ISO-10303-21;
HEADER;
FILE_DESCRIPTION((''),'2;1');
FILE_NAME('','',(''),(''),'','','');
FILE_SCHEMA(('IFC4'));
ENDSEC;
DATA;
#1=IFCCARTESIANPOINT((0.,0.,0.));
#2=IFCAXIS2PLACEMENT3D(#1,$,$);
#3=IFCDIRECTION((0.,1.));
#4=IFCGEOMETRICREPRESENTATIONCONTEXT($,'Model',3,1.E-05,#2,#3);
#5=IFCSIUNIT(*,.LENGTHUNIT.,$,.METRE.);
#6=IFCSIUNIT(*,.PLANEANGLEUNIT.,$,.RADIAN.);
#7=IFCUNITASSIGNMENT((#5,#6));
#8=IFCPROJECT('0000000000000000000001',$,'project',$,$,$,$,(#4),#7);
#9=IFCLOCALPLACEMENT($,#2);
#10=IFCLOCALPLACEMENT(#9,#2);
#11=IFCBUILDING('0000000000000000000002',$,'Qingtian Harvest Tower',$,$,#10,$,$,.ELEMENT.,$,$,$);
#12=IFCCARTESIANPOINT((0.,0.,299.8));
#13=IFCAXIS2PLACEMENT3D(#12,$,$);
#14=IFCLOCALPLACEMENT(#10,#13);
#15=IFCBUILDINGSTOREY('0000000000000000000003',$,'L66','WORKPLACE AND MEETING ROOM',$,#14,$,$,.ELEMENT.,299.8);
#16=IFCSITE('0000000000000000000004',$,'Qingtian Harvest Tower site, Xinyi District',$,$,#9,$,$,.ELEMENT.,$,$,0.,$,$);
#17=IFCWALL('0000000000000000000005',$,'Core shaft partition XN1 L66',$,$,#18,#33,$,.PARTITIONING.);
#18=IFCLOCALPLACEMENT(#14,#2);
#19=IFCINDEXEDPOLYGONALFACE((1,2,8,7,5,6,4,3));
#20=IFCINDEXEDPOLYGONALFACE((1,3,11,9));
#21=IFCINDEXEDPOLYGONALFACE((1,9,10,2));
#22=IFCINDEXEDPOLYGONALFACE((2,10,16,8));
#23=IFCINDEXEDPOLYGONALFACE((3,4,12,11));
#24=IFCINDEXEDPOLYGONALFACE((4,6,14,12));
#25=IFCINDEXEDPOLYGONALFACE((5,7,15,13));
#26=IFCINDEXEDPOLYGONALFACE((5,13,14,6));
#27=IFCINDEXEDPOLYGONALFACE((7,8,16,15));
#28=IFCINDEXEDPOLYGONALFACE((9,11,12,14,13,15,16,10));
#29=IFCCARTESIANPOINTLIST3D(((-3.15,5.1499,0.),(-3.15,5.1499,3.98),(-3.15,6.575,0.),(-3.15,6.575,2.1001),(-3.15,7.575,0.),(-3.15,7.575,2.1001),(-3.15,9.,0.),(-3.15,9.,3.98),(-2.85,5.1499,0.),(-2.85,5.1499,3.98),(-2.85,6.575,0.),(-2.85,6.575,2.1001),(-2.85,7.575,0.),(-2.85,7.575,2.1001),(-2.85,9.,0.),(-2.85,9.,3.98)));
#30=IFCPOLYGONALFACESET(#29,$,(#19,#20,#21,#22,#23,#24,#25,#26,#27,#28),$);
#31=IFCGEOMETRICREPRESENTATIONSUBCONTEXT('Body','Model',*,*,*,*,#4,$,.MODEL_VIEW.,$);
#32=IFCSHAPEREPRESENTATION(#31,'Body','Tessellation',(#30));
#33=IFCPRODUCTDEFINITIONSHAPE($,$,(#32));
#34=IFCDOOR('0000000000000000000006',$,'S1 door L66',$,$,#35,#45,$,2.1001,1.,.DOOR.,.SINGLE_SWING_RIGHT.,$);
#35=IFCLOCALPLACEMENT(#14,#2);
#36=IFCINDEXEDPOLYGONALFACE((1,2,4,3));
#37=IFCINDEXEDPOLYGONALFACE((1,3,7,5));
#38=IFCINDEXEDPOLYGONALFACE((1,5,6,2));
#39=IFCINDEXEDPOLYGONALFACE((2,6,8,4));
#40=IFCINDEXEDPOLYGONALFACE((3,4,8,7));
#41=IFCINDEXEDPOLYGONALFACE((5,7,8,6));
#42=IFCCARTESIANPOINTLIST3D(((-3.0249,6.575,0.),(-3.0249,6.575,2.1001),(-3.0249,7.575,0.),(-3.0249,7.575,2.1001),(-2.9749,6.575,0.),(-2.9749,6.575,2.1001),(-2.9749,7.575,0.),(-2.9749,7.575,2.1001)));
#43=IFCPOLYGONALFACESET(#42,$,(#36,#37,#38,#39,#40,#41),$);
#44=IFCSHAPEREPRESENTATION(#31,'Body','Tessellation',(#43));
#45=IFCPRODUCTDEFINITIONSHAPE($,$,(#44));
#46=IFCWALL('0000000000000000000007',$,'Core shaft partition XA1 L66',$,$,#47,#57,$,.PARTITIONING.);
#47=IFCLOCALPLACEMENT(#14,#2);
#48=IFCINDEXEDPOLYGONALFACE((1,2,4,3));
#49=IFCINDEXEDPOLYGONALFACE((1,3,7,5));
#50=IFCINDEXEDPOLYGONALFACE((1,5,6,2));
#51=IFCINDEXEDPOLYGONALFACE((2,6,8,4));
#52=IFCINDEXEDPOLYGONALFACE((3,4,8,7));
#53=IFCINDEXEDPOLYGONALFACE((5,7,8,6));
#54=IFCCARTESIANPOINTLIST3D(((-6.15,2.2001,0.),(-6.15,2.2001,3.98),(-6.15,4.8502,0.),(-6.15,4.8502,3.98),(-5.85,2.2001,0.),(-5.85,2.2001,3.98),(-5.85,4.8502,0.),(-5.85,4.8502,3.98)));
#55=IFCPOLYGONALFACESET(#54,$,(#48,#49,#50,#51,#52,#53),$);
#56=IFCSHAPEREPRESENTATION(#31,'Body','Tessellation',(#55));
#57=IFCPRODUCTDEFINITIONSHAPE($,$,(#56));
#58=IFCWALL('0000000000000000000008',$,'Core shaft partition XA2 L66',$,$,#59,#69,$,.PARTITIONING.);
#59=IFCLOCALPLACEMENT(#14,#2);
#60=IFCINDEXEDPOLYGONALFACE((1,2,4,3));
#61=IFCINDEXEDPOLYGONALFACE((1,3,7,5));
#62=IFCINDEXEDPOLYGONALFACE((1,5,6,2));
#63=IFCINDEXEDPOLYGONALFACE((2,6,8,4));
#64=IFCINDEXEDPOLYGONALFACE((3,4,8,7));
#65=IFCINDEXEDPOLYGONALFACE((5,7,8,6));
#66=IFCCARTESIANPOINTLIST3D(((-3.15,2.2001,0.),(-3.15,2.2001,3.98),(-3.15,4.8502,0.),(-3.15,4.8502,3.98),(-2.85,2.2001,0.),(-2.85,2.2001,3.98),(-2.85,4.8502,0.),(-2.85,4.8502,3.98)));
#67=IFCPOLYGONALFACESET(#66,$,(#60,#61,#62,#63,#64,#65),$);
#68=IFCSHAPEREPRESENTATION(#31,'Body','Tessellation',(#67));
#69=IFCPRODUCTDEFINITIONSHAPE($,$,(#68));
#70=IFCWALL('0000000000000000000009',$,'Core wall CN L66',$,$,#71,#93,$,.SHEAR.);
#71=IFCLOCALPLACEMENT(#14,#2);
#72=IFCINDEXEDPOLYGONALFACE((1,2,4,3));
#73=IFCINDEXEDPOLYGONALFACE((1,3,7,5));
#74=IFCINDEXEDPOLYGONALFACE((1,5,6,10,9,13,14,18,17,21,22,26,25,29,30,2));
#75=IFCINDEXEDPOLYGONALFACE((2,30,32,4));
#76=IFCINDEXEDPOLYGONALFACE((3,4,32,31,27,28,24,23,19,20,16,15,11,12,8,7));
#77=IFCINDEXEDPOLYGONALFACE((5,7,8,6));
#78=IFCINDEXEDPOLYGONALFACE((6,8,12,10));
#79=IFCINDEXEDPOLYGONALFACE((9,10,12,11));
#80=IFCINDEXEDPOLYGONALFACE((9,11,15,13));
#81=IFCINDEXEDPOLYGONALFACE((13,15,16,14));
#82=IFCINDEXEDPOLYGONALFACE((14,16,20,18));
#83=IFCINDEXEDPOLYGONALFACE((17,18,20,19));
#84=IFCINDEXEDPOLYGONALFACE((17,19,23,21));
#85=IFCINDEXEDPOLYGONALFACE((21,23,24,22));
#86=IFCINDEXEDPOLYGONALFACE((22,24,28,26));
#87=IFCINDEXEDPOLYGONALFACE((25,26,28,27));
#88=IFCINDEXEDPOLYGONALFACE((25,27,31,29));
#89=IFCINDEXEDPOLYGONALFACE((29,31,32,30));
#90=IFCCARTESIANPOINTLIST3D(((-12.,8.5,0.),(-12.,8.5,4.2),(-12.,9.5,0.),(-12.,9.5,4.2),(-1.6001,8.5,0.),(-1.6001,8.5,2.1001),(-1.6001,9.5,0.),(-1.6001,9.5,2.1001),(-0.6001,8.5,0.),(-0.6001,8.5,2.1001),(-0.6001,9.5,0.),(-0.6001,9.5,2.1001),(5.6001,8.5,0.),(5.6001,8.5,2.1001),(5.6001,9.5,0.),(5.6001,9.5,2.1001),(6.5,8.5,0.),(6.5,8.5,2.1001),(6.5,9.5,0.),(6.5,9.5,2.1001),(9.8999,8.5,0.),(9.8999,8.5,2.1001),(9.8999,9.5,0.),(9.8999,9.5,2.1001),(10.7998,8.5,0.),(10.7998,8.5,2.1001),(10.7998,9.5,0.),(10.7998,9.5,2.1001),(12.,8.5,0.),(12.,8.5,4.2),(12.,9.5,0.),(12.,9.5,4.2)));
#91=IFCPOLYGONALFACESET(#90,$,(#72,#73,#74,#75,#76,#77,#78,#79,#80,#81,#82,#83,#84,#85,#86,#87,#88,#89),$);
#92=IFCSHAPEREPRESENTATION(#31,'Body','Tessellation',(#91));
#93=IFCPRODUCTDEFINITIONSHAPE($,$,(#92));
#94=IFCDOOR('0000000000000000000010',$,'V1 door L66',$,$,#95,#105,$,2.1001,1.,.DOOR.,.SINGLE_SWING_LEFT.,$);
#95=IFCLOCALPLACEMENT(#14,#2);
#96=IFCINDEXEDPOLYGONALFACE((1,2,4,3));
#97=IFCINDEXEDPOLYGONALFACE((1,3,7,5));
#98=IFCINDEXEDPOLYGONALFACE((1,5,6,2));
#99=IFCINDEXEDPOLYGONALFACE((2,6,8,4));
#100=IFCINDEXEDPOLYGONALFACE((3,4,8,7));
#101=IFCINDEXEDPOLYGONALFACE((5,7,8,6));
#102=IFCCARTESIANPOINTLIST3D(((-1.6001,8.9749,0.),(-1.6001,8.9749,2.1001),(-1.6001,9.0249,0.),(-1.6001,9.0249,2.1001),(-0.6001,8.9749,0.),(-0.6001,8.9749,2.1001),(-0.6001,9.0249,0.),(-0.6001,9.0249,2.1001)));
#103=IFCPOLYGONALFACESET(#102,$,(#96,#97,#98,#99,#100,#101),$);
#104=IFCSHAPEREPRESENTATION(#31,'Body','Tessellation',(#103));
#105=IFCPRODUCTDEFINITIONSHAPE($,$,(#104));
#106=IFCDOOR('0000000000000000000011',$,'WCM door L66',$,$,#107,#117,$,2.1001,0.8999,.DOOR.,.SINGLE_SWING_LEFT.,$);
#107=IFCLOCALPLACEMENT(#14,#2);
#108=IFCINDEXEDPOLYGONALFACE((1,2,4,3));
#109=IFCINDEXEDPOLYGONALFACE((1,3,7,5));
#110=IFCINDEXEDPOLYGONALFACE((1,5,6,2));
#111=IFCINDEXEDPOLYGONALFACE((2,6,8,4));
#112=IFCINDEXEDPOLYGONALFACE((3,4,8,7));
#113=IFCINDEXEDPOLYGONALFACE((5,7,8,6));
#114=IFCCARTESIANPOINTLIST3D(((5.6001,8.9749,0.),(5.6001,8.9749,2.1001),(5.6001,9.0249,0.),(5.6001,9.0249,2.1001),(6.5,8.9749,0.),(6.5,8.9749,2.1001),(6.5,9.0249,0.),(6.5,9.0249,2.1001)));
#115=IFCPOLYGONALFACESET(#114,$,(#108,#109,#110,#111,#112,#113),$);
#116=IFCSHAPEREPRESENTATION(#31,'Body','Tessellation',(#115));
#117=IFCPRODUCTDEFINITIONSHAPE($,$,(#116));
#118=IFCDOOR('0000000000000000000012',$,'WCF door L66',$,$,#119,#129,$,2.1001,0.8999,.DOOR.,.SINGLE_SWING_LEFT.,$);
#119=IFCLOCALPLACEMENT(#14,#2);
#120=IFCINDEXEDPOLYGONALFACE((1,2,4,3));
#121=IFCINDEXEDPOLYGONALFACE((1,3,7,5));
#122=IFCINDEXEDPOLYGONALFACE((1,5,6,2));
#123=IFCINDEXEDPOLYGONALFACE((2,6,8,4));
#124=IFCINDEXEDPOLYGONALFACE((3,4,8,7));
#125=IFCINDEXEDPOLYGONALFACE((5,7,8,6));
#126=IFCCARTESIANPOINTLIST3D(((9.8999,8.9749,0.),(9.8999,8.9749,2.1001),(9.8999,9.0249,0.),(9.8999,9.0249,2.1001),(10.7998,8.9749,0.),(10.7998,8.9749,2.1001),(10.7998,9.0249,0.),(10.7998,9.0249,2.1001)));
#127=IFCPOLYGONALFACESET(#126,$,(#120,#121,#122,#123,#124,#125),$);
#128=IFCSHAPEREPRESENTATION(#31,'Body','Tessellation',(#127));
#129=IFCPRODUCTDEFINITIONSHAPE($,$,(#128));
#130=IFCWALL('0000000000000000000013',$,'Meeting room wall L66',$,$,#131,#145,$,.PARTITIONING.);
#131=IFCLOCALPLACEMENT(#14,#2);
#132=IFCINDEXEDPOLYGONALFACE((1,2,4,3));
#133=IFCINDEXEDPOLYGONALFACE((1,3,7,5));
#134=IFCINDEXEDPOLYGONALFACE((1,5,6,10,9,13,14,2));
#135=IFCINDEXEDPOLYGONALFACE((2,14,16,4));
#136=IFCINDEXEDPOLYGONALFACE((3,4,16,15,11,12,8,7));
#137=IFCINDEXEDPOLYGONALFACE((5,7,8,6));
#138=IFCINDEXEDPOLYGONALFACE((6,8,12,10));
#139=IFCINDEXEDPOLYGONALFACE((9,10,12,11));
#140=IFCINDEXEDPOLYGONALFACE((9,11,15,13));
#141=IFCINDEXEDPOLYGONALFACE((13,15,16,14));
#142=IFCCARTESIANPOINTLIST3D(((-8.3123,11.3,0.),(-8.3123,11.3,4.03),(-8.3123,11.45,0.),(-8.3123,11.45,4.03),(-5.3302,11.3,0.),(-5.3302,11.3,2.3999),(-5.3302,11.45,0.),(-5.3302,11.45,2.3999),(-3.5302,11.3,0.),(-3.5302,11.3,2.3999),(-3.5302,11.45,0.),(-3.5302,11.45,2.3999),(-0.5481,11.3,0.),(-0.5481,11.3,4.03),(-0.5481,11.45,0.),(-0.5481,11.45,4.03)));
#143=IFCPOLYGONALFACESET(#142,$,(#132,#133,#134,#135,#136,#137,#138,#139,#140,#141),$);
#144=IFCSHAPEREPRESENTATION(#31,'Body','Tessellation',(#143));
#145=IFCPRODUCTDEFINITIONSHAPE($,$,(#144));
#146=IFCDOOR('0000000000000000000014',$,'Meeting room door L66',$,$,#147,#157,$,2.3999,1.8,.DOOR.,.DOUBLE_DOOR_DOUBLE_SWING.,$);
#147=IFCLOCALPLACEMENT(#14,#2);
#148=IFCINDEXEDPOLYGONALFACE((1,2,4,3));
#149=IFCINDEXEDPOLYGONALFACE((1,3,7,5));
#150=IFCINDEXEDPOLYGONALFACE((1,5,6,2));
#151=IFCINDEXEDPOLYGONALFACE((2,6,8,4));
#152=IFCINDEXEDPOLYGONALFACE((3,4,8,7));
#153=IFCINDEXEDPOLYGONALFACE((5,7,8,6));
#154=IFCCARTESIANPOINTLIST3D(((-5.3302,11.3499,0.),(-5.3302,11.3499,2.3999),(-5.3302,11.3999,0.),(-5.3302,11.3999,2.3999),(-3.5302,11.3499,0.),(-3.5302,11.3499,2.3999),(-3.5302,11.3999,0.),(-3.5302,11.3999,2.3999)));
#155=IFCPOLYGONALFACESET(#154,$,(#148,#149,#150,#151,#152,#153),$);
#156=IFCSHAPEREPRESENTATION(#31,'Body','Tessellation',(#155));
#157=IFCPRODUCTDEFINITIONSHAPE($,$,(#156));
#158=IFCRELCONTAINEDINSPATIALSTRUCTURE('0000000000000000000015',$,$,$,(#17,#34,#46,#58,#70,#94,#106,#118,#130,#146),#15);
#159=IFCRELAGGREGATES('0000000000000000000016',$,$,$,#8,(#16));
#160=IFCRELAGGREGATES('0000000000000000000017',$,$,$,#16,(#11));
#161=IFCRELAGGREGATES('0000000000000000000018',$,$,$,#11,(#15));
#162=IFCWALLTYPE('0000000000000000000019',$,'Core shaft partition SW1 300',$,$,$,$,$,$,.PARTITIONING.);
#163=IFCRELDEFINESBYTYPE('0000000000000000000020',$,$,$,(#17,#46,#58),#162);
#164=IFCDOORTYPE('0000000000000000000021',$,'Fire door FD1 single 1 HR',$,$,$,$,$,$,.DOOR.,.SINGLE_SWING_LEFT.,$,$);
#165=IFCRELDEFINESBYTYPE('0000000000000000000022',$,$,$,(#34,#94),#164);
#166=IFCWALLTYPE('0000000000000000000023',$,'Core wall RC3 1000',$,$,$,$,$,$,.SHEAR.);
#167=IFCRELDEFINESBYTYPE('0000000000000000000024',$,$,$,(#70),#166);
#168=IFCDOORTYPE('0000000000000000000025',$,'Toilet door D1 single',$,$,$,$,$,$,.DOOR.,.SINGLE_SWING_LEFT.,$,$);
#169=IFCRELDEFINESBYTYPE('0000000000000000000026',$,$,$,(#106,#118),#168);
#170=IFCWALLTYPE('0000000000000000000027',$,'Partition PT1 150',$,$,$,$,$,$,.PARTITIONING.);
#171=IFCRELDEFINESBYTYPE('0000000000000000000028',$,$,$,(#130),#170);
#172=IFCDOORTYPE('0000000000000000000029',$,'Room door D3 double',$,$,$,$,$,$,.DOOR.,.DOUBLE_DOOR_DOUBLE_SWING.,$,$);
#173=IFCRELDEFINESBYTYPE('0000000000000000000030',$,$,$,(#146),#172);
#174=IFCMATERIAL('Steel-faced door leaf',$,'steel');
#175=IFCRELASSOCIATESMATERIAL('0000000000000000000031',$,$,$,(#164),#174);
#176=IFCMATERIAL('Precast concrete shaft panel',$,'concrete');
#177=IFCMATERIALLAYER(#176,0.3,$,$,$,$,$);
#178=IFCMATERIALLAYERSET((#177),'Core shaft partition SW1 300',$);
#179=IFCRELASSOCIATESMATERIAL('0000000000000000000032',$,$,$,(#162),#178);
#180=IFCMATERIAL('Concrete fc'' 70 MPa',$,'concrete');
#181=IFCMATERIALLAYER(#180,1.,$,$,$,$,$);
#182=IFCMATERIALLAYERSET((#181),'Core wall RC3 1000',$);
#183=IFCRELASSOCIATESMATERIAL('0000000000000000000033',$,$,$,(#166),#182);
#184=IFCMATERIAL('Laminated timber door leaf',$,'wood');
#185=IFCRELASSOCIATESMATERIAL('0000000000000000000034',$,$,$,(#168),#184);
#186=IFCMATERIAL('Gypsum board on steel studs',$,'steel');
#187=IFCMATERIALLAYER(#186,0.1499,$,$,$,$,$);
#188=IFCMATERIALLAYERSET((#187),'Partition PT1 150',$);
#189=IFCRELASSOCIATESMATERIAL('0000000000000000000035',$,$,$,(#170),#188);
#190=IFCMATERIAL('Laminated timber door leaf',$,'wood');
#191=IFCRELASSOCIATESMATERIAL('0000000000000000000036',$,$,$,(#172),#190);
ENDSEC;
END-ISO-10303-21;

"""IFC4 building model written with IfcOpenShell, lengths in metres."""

from ifc_helpers import new_model, si_unit, direction, frame, frame_2d, origin, place, context, subcontext, project, spatial, rectangle, extrude, material, layer, layer_set, type_object, element, fill, save


model = new_model("IFC4")

# Units and contexts
model_context = context("Model", 3, precision=1e-05, world=origin(), true_north=direction((0.0, 1.0)))
body_context = subcontext(model_context, "Body", "Model", "MODEL_VIEW")
ifc_project = project(units=[si_unit("LENGTHUNIT", "METRE"), si_unit("PLANEANGLEUNIT", "RADIAN")], contexts=[model_context])

# Site, building, storey
site_placement = place(None, origin())
site = spatial("IfcSite", under=ifc_project, at=site_placement, Name="Qingtian Harvest Tower site, Xinyi District", CompositionType="ELEMENT", RefElevation=0.0)
building_placement = place(site_placement, origin())
building = spatial("IfcBuilding", under=site, at=building_placement, Name="Qingtian Harvest Tower", CompositionType="ELEMENT")
storey_placement = place(building_placement, frame((0.0, 0.0, 299.8)))
storey = spatial("IfcBuildingStorey", under=building, at=storey_placement, Name="L66", Description="WORKPLACE AND MEETING ROOM", CompositionType="ELEMENT", Elevation=299.8)

# Shared definitions
ifc_material_1 = material(Name="Steel-faced door leaf", Category="steel")
door_type_1 = type_object("IfcDoorType", Name="Fire door FD1 single 1 HR", OperationType="SINGLE_SWING_LEFT", PredefinedType="DOOR", material=ifc_material_1)

# Wall, opening, door
ifc_material_2 = material(Name="Precast concrete shaft panel", Category="concrete")
ifc_layer_1 = layer(ifc_material_2, 0.3)
ifc_layer_set_1 = layer_set([ifc_layer_1], Name="Core shaft partition SW1 300")
wall_type_1 = type_object("IfcWallType", Name="Core shaft partition SW1 300", PredefinedType="PARTITIONING", material=ifc_layer_set_1)
wall_1_placement = place(storey_placement, frame((-3.0, 5.1499, 0.0), z_axis=(0.0, 0.0, 1.0), x_axis=(0.0, 1.0, 0.0)))
wall_1 = element("IfcWall", 1, at=wall_1_placement, inside=storey, type_object=wall_type_1, Name="Core shaft partition XN1 L66", PredefinedType="PARTITIONING", context=body_context, shape_type="SweptSolid", body=[
    extrude(rectangle(XDim=3.8501, YDim=0.3, at=frame_2d((1.925, 0.0))), origin(), (0.0, 0.0, 1.0), 3.98),
])
opening_1_placement = place(wall_1_placement, frame((1.425, 0.0, 0.0)))
opening_1 = element("IfcOpeningElement", 2, at=opening_1_placement, cuts=wall_1, PredefinedType="OPENING", context=body_context, shape_type="SweptSolid", body=[
    extrude(rectangle(XDim=1.0, YDim=2.1001, at=frame_2d((0.5, 1.05))), frame((0.0, 0.1599, 0.0), z_axis=(0.0, -1.0, 0.0), x_axis=(1.0, 0.0, 0.0)), (0.0, 0.0, 1.0), 0.3201),
])
door_1_placement = place(opening_1_placement, origin())
door_1 = element("IfcDoor", 3, at=door_1_placement, inside=storey, type_object=door_type_1, Name="S1 door L66", OperationType="SINGLE_SWING_RIGHT", OverallHeight=2.1001, OverallWidth=1.0, PredefinedType="DOOR", context=body_context, shape_type="SweptSolid", body=[
    extrude(rectangle(XDim=1.0, YDim=2.1001, at=frame_2d((0.5, 1.05))), frame((0.0, 0.0249, 0.0), z_axis=(0.0, -1.0, 0.0), x_axis=(1.0, 0.0, 0.0)), (0.0, 0.0, 1.0), 0.05),
])
fill(opening_1, door_1)

# Walls
for number, where, z_axis, x_axis, name in (
    (4, (-6.0, 2.2, 0.0), (0.0, 0.0, 1.0), (0.0, 1.0, 0.0), "Core shaft partition XA1 L66"),
    (5, (-3.0, 2.2, 0.0), (0.0, 0.0, 1.0), (0.0, 1.0, 0.0), "Core shaft partition XA2 L66"),
):
    element("IfcWall", number, at=place(storey_placement, frame(where, z_axis=z_axis, x_axis=x_axis)), inside=storey, type_object=wall_type_1, Name=name, PredefinedType="PARTITIONING", context=body_context, shape_type="SweptSolid", body=[
        extrude(rectangle(XDim=2.6501, YDim=0.3, at=frame_2d((1.3252, 0.0))), origin(), (0.0, 0.0, 1.0), 3.98),
    ])

# Wall, openings, doors
ifc_material_3 = material(Name="Concrete fc' 70 MPa", Category="concrete")
ifc_layer_2 = layer(ifc_material_3, 1.0)
ifc_layer_set_2 = layer_set([ifc_layer_2], Name="Core wall RC3 1000")
wall_type_2 = type_object("IfcWallType", Name="Core wall RC3 1000", PredefinedType="SHEAR", material=ifc_layer_set_2)
wall_2_placement = place(storey_placement, frame((-12.0, 9.0, 0.0), z_axis=(0.0, 0.0, 1.0), x_axis=(1.0, 0.0, 0.0)))
wall_2 = element("IfcWall", 6, at=wall_2_placement, inside=storey, type_object=wall_type_2, Name="Core wall CN L66", PredefinedType="SHEAR", context=body_context, shape_type="SweptSolid", body=[
    extrude(rectangle(XDim=24.0, YDim=1.0, at=frame_2d((12.0, 0.0))), origin(), (0.0, 0.0, 1.0), 4.2),
])
opening_2_placement = place(wall_2_placement, frame((10.3999, 0.0, 0.0)))
opening_2 = element("IfcOpeningElement", 7, at=opening_2_placement, cuts=wall_2, PredefinedType="OPENING", context=body_context, shape_type="SweptSolid", body=[
    extrude(rectangle(XDim=1.0, YDim=2.1001, at=frame_2d((0.5, 1.05))), frame((0.0, 0.51, 0.0), z_axis=(0.0, -1.0, 0.0), x_axis=(1.0, 0.0, 0.0)), (0.0, 0.0, 1.0), 1.02),
])
opening_3_placement = place(wall_2_placement, frame((17.6001, 0.0, 0.0)))
opening_3 = element("IfcOpeningElement", 8, at=opening_3_placement, cuts=wall_2, PredefinedType="OPENING", context=body_context, shape_type="SweptSolid", body=[
    extrude(rectangle(XDim=0.8999, YDim=2.1001, at=frame_2d((0.45, 1.05))), frame((0.0, 0.51, 0.0), z_axis=(0.0, -1.0, 0.0), x_axis=(1.0, 0.0, 0.0)), (0.0, 0.0, 1.0), 1.02),
])
opening_4_placement = place(wall_2_placement, frame((21.8999, 0.0, 0.0)))
opening_4 = element("IfcOpeningElement", 9, at=opening_4_placement, cuts=wall_2, PredefinedType="OPENING", context=body_context, shape_type="SweptSolid", body=[
    extrude(rectangle(XDim=0.8999, YDim=2.1001, at=frame_2d((0.45, 1.05))), frame((0.0, 0.51, 0.0), z_axis=(0.0, -1.0, 0.0), x_axis=(1.0, 0.0, 0.0)), (0.0, 0.0, 1.0), 1.02),
])
door_2_placement = place(opening_2_placement, origin())
door_2 = element("IfcDoor", 10, at=door_2_placement, inside=storey, type_object=door_type_1, Name="V1 door L66", OperationType="SINGLE_SWING_LEFT", OverallHeight=2.1001, OverallWidth=1.0, PredefinedType="DOOR", context=body_context, shape_type="SweptSolid", body=[
    extrude(rectangle(XDim=1.0, YDim=2.1001, at=frame_2d((0.5, 1.05))), frame((0.0, 0.0249, 0.0), z_axis=(0.0, -1.0, 0.0), x_axis=(1.0, 0.0, 0.0)), (0.0, 0.0, 1.0), 0.05),
])
fill(opening_2, door_2)
ifc_material_4 = material(Name="Laminated timber door leaf", Category="wood")
door_type_2 = type_object("IfcDoorType", Name="Toilet door D1 single", OperationType="SINGLE_SWING_LEFT", PredefinedType="DOOR", material=ifc_material_4)
door_3_placement = place(opening_3_placement, origin())
door_3 = element("IfcDoor", 11, at=door_3_placement, inside=storey, type_object=door_type_2, Name="WCM door L66", OperationType="SINGLE_SWING_LEFT", OverallHeight=2.1001, OverallWidth=0.8999, PredefinedType="DOOR", context=body_context, shape_type="SweptSolid", body=[
    extrude(rectangle(XDim=0.8999, YDim=2.1001, at=frame_2d((0.45, 1.05))), frame((0.0, 0.0249, 0.0), z_axis=(0.0, -1.0, 0.0), x_axis=(1.0, 0.0, 0.0)), (0.0, 0.0, 1.0), 0.05),
])
fill(opening_3, door_3)
door_4_placement = place(opening_4_placement, origin())
door_4 = element("IfcDoor", 12, at=door_4_placement, inside=storey, type_object=door_type_2, Name="WCF door L66", OperationType="SINGLE_SWING_LEFT", OverallHeight=2.1001, OverallWidth=0.8999, PredefinedType="DOOR", context=body_context, shape_type="SweptSolid", body=[
    extrude(rectangle(XDim=0.8999, YDim=2.1001, at=frame_2d((0.45, 1.05))), frame((0.0, 0.0249, 0.0), z_axis=(0.0, -1.0, 0.0), x_axis=(1.0, 0.0, 0.0)), (0.0, 0.0, 1.0), 0.05),
])
fill(opening_4, door_4)

# Wall, opening, door
ifc_material_5 = material(Name="Gypsum board on steel studs", Category="steel")
ifc_layer_3 = layer(ifc_material_5, 0.1499)
ifc_layer_set_3 = layer_set([ifc_layer_3], Name="Partition PT1 150")
wall_type_3 = type_object("IfcWallType", Name="Partition PT1 150", PredefinedType="PARTITIONING", material=ifc_layer_set_3)
wall_3_placement = place(storey_placement, frame((-8.3123, 11.375, 0.0), z_axis=(0.0, 0.0, 1.0), x_axis=(1.0, 0.0, 0.0)))
wall_3 = element("IfcWall", 13, at=wall_3_placement, inside=storey, type_object=wall_type_3, Name="Meeting room wall L66", PredefinedType="PARTITIONING", context=body_context, shape_type="SweptSolid", body=[
    extrude(rectangle(XDim=7.7642, YDim=0.1499, at=frame_2d((3.8821, 0.0))), origin(), (0.0, 0.0, 1.0), 4.03),
])
opening_5_placement = place(wall_3_placement, frame((2.9822, 0.0, 0.0)))
opening_5 = element("IfcOpeningElement", 14, at=opening_5_placement, cuts=wall_3, PredefinedType="OPENING", context=body_context, shape_type="SweptSolid", body=[
    extrude(rectangle(XDim=1.8, YDim=2.3999, at=frame_2d((0.8999, 1.2))), frame((0.0, 0.085, 0.0), z_axis=(0.0, -1.0, 0.0), x_axis=(1.0, 0.0, 0.0)), (0.0, 0.0, 1.0), 0.1699),
])
ifc_material_6 = material(Name="Laminated timber door leaf", Category="wood")
door_type_3 = type_object("IfcDoorType", Name="Room door D3 double", OperationType="DOUBLE_DOOR_DOUBLE_SWING", PredefinedType="DOOR", material=ifc_material_6)
door_5_placement = place(opening_5_placement, origin())
door_5 = element("IfcDoor", 15, at=door_5_placement, inside=storey, type_object=door_type_3, Name="Meeting room door L66", OperationType="DOUBLE_DOOR_DOUBLE_SWING", OverallHeight=2.3999, OverallWidth=1.8, PredefinedType="DOOR", context=body_context, shape_type="SweptSolid", body=[
    extrude(rectangle(XDim=1.8, YDim=2.3999, at=frame_2d((0.8999, 1.2))), frame((0.0, 0.0249, 0.0), z_axis=(0.0, -1.0, 0.0), x_axis=(1.0, 0.0, 0.0)), (0.0, 0.0, 1.0), 0.05),
])
fill(opening_5, door_5)

save(model, "model.ifc")
